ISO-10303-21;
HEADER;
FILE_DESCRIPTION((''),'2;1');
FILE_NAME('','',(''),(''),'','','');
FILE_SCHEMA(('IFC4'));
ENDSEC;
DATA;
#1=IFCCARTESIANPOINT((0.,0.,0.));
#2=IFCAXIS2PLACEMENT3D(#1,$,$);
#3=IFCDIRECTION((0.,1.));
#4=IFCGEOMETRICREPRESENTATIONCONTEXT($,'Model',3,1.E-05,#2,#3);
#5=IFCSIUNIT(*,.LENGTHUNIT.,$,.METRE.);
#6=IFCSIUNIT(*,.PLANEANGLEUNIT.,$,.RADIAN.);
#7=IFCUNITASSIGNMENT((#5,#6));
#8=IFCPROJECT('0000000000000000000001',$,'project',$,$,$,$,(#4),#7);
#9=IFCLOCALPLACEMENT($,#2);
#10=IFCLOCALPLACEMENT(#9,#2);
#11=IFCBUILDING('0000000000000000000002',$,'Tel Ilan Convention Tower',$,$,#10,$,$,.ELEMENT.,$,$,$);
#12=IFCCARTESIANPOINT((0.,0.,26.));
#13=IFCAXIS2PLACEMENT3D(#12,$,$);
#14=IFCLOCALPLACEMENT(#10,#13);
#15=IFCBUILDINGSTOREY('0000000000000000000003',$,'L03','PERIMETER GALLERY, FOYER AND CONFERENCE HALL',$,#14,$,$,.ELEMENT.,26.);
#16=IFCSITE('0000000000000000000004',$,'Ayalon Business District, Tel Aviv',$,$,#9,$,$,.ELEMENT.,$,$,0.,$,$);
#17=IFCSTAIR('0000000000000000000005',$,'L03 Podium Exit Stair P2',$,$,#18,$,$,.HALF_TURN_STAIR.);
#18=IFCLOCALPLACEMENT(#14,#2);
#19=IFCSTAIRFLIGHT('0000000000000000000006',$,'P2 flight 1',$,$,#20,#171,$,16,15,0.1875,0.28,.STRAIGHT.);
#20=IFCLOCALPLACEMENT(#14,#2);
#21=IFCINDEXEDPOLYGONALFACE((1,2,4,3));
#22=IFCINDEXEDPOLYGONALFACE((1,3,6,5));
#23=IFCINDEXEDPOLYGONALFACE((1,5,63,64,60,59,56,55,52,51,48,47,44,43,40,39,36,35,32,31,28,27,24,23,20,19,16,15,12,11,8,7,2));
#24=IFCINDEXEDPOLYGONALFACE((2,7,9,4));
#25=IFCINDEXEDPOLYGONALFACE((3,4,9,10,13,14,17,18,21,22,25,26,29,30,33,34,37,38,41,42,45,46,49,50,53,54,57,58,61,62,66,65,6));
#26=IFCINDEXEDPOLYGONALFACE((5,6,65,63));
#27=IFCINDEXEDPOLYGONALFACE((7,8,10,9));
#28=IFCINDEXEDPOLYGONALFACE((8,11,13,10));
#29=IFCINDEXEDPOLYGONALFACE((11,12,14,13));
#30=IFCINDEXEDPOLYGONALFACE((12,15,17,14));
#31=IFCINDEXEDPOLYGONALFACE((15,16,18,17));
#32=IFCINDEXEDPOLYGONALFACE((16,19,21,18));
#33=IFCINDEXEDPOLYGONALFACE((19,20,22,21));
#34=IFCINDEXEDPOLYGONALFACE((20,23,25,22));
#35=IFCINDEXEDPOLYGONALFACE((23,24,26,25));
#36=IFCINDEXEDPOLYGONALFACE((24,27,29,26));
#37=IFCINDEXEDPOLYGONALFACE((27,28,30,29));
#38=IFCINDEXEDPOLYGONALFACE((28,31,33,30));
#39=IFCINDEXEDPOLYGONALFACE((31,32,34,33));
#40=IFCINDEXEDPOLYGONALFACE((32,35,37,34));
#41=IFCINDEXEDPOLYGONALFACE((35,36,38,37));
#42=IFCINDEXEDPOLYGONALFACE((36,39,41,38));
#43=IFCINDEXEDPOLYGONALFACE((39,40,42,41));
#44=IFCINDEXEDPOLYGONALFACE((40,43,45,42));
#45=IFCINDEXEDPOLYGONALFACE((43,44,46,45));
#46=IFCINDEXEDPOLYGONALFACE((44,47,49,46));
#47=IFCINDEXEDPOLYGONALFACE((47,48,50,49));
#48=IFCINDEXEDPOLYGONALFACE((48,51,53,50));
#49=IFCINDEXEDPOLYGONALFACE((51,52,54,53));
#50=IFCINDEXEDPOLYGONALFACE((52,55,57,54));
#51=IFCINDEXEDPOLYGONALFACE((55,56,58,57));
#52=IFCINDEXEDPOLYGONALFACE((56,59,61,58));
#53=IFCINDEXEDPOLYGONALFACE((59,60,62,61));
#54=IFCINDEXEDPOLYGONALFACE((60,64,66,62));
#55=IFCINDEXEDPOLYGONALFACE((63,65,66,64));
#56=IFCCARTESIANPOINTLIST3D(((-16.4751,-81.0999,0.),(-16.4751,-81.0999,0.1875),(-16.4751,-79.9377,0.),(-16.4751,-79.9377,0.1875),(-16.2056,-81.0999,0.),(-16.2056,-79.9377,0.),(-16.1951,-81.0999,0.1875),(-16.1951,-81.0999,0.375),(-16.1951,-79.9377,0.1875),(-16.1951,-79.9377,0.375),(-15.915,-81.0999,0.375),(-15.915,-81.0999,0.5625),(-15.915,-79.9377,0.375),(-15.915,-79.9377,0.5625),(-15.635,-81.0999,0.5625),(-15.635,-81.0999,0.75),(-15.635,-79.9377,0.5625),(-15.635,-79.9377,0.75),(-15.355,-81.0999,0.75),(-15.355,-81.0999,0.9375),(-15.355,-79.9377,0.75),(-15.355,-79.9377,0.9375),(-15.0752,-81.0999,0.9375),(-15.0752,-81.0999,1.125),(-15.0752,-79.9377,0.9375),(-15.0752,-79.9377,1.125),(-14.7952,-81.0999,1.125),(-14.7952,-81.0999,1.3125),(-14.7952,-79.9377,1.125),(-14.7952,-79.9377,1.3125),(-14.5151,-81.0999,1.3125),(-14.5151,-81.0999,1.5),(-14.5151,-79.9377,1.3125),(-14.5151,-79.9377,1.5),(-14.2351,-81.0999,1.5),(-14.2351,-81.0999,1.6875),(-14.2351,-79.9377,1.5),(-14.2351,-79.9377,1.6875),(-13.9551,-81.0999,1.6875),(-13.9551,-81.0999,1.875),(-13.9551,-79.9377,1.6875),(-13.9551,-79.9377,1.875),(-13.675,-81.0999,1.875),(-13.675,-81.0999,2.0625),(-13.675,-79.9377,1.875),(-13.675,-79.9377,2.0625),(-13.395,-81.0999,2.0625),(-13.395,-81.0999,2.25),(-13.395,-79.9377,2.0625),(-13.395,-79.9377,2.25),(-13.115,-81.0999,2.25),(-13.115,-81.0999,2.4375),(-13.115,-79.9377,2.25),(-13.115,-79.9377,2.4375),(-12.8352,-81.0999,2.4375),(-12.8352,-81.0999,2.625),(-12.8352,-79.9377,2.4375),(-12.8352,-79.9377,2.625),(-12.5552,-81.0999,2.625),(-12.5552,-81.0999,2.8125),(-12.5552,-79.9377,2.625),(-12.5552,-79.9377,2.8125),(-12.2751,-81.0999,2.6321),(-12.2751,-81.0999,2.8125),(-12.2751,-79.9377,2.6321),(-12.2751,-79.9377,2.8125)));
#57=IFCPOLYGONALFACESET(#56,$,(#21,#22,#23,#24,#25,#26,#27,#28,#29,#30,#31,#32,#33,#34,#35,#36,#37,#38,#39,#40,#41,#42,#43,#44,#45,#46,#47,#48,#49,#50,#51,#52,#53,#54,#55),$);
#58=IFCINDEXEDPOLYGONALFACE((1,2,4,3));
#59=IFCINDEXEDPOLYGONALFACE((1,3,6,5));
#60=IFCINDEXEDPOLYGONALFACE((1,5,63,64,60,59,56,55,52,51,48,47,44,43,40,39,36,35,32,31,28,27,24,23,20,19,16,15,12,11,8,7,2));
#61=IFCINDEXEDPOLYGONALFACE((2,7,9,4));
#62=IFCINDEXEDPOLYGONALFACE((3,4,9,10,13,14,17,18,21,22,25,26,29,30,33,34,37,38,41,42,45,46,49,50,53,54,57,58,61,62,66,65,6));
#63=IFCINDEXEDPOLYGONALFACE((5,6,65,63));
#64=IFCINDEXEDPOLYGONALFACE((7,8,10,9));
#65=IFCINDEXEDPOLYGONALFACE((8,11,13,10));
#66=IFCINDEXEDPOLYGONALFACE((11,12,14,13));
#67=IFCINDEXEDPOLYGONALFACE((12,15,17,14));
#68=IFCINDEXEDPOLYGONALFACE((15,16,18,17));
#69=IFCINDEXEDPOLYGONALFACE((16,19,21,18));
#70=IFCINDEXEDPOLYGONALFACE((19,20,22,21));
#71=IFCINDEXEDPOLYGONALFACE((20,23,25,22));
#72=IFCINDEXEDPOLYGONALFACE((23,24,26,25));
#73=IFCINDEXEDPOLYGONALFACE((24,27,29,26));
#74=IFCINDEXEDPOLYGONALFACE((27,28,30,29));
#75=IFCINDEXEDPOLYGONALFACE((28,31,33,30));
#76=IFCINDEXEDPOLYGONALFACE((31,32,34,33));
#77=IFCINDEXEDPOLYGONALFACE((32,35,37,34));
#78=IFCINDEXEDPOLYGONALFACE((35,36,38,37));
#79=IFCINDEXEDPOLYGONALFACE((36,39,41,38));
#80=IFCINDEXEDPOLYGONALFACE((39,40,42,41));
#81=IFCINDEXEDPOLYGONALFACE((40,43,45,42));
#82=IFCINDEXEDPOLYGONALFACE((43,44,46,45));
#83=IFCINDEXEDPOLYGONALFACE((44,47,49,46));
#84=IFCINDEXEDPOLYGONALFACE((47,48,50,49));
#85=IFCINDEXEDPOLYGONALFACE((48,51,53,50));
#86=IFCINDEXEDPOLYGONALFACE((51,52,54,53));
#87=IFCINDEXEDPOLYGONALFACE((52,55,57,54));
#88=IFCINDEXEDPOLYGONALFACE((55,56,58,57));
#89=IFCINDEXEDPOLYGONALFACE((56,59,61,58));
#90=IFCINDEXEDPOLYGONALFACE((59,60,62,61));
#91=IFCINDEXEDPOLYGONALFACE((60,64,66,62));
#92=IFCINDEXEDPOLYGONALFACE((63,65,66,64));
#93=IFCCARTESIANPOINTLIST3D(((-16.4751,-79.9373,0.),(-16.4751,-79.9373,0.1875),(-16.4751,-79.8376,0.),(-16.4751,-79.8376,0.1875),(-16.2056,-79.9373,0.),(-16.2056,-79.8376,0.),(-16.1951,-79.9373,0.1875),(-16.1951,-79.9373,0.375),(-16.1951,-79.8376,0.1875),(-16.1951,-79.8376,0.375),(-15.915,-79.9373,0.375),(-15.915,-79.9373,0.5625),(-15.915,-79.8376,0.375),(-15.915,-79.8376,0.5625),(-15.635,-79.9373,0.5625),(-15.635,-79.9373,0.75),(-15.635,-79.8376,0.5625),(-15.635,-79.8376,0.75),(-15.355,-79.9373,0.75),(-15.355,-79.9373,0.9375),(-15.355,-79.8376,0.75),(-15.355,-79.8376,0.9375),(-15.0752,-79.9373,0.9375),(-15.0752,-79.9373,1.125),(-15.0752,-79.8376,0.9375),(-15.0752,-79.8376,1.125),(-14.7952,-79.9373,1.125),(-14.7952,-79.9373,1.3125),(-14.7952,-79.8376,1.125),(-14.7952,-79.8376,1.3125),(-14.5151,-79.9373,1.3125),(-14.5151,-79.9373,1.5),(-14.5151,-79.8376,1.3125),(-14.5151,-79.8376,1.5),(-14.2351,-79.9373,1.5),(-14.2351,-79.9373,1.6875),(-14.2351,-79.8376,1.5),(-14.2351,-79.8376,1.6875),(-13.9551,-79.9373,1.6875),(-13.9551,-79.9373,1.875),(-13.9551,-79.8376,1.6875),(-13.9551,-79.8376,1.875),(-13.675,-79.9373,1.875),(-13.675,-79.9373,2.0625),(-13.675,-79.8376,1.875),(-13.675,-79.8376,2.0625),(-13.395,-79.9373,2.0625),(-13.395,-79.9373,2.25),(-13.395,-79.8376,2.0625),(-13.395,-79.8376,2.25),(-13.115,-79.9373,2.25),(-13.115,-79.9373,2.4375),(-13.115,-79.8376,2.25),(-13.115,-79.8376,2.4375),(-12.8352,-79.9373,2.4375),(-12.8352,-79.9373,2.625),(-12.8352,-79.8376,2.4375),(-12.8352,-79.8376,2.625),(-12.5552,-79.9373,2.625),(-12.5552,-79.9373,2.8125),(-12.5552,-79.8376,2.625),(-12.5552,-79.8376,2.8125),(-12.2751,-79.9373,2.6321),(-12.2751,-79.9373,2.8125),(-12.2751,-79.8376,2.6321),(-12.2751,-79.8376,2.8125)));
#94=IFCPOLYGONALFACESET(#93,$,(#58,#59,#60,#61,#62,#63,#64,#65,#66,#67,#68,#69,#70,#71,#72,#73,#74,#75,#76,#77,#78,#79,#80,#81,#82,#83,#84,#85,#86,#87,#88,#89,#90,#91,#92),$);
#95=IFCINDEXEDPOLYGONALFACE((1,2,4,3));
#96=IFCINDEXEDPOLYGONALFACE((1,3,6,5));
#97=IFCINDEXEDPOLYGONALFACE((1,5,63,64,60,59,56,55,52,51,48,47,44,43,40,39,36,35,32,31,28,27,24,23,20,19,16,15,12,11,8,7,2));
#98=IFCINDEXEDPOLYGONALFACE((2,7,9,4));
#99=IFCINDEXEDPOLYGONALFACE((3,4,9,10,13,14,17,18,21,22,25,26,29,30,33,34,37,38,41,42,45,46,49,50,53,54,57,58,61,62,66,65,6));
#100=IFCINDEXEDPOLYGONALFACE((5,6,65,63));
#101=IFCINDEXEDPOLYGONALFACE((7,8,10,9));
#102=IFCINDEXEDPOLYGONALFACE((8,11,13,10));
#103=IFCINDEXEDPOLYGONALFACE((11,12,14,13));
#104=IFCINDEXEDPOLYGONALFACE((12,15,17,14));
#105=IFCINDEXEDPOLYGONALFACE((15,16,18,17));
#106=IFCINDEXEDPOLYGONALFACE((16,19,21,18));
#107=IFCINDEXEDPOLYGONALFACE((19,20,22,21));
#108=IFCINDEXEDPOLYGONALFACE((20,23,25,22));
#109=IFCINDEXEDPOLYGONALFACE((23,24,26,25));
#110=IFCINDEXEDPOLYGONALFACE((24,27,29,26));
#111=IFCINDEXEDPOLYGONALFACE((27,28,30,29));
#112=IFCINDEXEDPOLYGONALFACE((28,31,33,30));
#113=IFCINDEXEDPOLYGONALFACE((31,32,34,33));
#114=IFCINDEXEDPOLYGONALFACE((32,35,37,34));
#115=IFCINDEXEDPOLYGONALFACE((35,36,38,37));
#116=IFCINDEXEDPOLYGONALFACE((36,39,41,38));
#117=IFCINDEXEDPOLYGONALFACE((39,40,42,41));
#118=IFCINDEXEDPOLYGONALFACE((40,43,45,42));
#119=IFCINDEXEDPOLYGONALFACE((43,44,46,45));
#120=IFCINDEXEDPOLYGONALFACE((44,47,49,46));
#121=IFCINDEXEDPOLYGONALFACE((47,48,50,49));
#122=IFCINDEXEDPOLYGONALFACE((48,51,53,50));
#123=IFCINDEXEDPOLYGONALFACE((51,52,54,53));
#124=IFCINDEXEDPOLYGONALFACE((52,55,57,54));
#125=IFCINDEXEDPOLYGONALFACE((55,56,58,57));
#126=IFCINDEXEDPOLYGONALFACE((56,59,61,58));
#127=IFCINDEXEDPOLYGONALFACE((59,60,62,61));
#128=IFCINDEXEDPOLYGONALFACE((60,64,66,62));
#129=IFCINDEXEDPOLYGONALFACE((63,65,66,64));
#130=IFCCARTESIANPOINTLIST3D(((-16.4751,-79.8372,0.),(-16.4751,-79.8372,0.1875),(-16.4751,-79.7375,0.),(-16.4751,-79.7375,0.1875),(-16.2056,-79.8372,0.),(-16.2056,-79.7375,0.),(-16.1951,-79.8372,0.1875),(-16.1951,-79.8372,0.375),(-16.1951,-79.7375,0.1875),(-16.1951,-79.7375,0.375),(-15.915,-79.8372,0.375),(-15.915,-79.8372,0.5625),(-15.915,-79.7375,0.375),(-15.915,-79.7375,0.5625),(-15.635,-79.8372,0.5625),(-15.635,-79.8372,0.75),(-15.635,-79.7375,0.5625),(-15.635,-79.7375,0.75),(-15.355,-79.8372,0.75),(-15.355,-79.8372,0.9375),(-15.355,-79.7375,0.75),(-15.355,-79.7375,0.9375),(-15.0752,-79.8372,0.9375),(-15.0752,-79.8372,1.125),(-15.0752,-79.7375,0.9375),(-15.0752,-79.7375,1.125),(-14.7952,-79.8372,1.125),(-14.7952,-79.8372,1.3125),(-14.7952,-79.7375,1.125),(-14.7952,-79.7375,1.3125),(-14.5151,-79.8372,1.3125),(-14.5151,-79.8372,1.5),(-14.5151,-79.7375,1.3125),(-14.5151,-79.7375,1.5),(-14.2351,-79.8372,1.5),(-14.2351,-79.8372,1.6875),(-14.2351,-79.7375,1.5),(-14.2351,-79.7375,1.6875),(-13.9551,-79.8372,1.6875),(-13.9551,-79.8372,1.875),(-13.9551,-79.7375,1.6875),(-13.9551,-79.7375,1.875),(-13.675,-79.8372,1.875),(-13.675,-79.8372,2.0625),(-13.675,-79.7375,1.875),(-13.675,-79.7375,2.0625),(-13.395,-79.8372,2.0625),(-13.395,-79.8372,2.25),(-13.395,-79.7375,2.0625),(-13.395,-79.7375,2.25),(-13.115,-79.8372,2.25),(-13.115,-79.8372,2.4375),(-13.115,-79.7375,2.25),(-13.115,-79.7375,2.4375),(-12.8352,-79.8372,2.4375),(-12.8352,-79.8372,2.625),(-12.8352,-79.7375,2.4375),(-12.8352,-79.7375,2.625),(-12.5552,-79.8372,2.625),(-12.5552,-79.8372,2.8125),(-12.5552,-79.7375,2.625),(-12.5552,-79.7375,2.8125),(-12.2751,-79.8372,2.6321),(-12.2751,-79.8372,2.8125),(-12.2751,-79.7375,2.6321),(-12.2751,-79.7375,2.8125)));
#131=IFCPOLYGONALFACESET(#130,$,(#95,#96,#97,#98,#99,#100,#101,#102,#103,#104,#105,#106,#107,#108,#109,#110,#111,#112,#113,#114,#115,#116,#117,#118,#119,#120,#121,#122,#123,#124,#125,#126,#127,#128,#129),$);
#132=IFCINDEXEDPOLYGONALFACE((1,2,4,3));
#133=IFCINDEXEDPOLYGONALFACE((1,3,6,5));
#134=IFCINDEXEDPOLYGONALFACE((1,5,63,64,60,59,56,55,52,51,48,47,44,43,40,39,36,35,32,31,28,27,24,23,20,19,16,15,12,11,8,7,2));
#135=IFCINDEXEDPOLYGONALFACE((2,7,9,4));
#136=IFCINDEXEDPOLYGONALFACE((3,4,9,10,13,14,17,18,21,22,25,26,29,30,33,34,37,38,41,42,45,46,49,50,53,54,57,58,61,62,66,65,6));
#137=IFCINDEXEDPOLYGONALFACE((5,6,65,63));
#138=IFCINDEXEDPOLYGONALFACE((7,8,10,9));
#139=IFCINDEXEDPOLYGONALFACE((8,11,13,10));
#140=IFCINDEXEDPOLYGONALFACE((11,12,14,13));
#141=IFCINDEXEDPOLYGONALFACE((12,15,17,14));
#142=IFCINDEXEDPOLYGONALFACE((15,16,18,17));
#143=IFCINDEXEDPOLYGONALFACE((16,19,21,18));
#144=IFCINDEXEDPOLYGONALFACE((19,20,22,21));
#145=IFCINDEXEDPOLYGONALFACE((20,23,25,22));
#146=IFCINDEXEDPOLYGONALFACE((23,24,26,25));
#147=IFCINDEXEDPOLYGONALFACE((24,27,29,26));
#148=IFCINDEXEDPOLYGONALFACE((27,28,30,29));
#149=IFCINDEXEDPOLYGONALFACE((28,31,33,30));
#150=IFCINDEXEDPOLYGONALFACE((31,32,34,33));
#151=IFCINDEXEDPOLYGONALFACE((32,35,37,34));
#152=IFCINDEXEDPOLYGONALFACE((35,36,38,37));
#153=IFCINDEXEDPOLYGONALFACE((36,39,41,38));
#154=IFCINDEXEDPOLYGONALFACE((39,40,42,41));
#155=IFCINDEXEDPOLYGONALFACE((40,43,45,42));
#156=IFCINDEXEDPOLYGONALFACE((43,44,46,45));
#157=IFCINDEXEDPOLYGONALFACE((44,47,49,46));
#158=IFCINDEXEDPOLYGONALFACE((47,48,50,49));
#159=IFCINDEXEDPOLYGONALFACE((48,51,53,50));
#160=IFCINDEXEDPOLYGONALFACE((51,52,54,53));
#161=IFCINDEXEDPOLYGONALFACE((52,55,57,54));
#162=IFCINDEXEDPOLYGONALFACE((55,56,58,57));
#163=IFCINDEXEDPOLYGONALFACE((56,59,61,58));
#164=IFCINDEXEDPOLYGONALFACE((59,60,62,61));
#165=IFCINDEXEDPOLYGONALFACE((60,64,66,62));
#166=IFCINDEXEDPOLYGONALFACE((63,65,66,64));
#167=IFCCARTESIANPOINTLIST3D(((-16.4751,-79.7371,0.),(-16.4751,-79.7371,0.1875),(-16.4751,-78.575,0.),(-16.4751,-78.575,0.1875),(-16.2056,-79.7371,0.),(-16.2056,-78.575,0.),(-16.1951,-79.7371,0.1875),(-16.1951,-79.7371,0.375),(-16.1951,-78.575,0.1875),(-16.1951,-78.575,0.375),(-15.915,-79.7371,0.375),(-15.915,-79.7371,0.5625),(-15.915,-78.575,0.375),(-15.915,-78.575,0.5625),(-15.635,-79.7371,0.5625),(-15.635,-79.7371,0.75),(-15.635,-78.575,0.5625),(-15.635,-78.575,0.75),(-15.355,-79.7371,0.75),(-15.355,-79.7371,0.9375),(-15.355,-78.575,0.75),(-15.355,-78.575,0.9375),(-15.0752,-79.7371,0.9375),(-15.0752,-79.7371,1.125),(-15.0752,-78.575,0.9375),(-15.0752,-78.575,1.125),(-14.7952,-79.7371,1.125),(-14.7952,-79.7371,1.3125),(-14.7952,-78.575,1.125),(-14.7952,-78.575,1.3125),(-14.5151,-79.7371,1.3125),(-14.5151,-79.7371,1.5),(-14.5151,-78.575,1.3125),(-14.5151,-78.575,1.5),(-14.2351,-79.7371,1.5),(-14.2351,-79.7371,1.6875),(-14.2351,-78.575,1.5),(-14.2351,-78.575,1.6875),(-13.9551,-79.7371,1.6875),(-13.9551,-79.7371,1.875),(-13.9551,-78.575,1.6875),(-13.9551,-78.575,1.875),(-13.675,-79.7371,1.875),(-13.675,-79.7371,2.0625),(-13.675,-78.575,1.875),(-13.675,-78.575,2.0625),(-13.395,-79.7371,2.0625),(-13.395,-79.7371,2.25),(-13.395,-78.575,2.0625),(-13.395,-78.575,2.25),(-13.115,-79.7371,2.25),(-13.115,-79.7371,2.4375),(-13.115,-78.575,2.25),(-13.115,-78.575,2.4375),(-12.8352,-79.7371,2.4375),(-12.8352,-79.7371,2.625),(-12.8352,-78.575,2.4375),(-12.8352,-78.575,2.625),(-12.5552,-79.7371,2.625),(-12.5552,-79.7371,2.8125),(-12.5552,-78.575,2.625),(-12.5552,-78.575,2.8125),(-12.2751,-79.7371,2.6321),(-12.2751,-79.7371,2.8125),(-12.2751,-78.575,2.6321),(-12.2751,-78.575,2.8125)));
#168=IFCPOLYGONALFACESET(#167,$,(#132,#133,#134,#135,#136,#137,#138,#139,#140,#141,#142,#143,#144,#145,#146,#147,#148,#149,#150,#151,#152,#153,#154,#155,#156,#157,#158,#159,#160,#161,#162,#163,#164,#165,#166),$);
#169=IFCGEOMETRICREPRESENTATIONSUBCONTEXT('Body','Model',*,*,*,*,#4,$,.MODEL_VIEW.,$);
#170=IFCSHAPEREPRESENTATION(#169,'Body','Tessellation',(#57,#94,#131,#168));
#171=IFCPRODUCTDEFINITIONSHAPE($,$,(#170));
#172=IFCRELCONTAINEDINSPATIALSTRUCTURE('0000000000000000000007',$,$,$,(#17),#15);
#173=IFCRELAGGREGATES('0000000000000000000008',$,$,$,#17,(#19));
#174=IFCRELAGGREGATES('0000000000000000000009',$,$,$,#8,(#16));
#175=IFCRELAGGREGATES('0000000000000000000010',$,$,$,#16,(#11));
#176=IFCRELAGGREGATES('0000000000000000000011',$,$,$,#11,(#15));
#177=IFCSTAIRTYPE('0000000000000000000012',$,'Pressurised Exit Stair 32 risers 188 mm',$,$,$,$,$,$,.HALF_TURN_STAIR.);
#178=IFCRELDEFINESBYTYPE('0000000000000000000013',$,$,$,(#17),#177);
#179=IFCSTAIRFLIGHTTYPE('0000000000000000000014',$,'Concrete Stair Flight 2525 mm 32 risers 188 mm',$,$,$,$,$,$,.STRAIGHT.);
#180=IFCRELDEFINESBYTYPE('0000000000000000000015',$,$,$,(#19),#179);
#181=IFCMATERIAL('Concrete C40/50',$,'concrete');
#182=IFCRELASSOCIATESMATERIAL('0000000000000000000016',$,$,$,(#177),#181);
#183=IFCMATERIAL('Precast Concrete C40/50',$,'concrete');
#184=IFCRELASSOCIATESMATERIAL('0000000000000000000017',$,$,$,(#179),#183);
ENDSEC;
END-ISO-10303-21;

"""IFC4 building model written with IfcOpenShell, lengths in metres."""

from ifc_helpers import new_model, si_unit, direction, frame, origin, place, context, subcontext, project, spatial, polyline, outline, extrude, material, type_object, element, aggregate, save


model = new_model("IFC4")

# Units and contexts
model_context = context("Model", 3, precision=1e-05, world=origin(), true_north=direction((0.0, 1.0)))
body_context = subcontext(model_context, "Body", "Model", "MODEL_VIEW")
ifc_project = project(units=[si_unit("LENGTHUNIT", "METRE"), si_unit("PLANEANGLEUNIT", "RADIAN")], contexts=[model_context])

# Site, building, storey
site_placement = place(None, origin())
site = spatial("IfcSite", under=ifc_project, at=site_placement, Name="Ayalon Business District, Tel Aviv", CompositionType="ELEMENT", RefElevation=0.0)
building_placement = place(site_placement, origin())
building = spatial("IfcBuilding", under=site, at=building_placement, Name="Tel Ilan Convention Tower", CompositionType="ELEMENT")
storey_placement = place(building_placement, frame((0.0, 0.0, 26.0)))
storey = spatial("IfcBuildingStorey", under=building, at=storey_placement, Name="L03", Description="PERIMETER GALLERY, FOYER AND CONFERENCE HALL", CompositionType="ELEMENT", Elevation=26.0)

# Stair, stair flight
ifc_material_1 = material(Name="Concrete C40/50", Category="concrete")
stair_type = type_object("IfcStairType", Name="Pressurised Exit Stair 32 risers 188 mm", PredefinedType="HALF_TURN_STAIR", material=ifc_material_1)
stair_placement = place(storey_placement, origin())
stair = element("IfcStair", 1, at=stair_placement, inside=storey, type_object=stair_type, Name="L03 Podium Exit Stair P2", PredefinedType="HALF_TURN_STAIR")
ifc_material_2 = material(Name="Precast Concrete C40/50", Category="concrete")
stair_flight_type = type_object("IfcStairFlightType", Name="Concrete Stair Flight 2525 mm 32 risers 188 mm", PredefinedType="STRAIGHT", material=ifc_material_2)
stair_flight_1_placement = place(storey_placement, frame((-16.4751, -79.8374, 0.0), z_axis=(0.0, 0.0, 1.0), x_axis=(1.0, 0.0, 0.0)))
stair_flight_1 = element("IfcStairFlight", 2, at=stair_flight_1_placement, type_object=stair_flight_type, Name="P2 flight 1", NumberOfRisers=16, NumberOfTreads=15, PredefinedType="STRAIGHT", RiserHeight=0.1875, TreadLength=0.28, context=body_context, shape_type="SweptSolid", body=[
    extrude(outline(polyline([(0.0, 0.0), (0.0, 0.1875), (0.28, 0.1875), (0.28, 0.375), (0.5601, 0.375), (0.5601, 0.5625), (0.8401, 0.5625), (0.8401, 0.75), (1.1201, 0.75), (1.1201, 0.9375), (1.3999, 0.9375), (1.3999, 1.125), (1.6799, 1.125), (1.6799, 1.3125), (1.96, 1.3125), (1.96, 1.5), (2.24, 1.5), (2.24, 1.6875), (2.52, 1.6875), (2.52, 1.875), (2.8, 1.875), (2.8, 2.0625), (3.0801, 2.0625), (3.0801, 2.25), (3.3601, 2.25), (3.3601, 2.4375), (3.6399, 2.4375), (3.6399, 2.625), (3.9199, 2.625), (3.9199, 2.8125), (4.2, 2.8125), (4.2, 3.0), (4.2, 2.6321), (0.2695, 0.0), (0.0, 0.0)])), frame((0.0, -0.1003, 0.0), z_axis=(0.0, -1.0, 0.0), x_axis=(1.0, 0.0, 0.0)), (0.0, 0.0, 1.0), 1.1621),
    extrude(outline(polyline([(0.0, 0.0), (0.0, 0.1875), (0.28, 0.1875), (0.28, 0.375), (0.5601, 0.375), (0.5601, 0.5625), (0.8401, 0.5625), (0.8401, 0.75), (1.1201, 0.75), (1.1201, 0.9375), (1.3999, 0.9375), (1.3999, 1.125), (1.6799, 1.125), (1.6799, 1.3125), (1.96, 1.3125), (1.96, 1.5), (2.24, 1.5), (2.24, 1.6875), (2.52, 1.6875), (2.52, 1.875), (2.8, 1.875), (2.8, 2.0625), (3.0801, 2.0625), (3.0801, 2.25), (3.3601, 2.25), (3.3601, 2.4375), (3.6399, 2.4375), (3.6399, 2.625), (3.9199, 2.625), (3.9199, 2.8125), (4.2, 2.8125), (4.2, 3.0), (4.2, 2.6321), (0.2695, 0.0), (0.0, 0.0)])), frame((0.0, -0.0002, 0.0), z_axis=(0.0, -1.0, 0.0), x_axis=(1.0, 0.0, 0.0)), (0.0, 0.0, 1.0), 0.0996),
    extrude(outline(polyline([(0.0, 0.0), (0.0, 0.1875), (0.28, 0.1875), (0.28, 0.375), (0.5601, 0.375), (0.5601, 0.5625), (0.8401, 0.5625), (0.8401, 0.75), (1.1201, 0.75), (1.1201, 0.9375), (1.3999, 0.9375), (1.3999, 1.125), (1.6799, 1.125), (1.6799, 1.3125), (1.96, 1.3125), (1.96, 1.5), (2.24, 1.5), (2.24, 1.6875), (2.52, 1.6875), (2.52, 1.875), (2.8, 1.875), (2.8, 2.0625), (3.0801, 2.0625), (3.0801, 2.25), (3.3601, 2.25), (3.3601, 2.4375), (3.6399, 2.4375), (3.6399, 2.625), (3.9199, 2.625), (3.9199, 2.8125), (4.2, 2.8125), (4.2, 3.0), (4.2, 2.6321), (0.2695, 0.0), (0.0, 0.0)])), frame((0.0, 0.0999, 0.0), z_axis=(0.0, -1.0, 0.0), x_axis=(1.0, 0.0, 0.0)), (0.0, 0.0, 1.0), 0.0996),
    extrude(outline(polyline([(0.0, 0.0), (0.0, 0.1875), (0.28, 0.1875), (0.28, 0.375), (0.5601, 0.375), (0.5601, 0.5625), (0.8401, 0.5625), (0.8401, 0.75), (1.1201, 0.75), (1.1201, 0.9375), (1.3999, 0.9375), (1.3999, 1.125), (1.6799, 1.125), (1.6799, 1.3125), (1.96, 1.3125), (1.96, 1.5), (2.24, 1.5), (2.24, 1.6875), (2.52, 1.6875), (2.52, 1.875), (2.8, 1.875), (2.8, 2.0625), (3.0801, 2.0625), (3.0801, 2.25), (3.3601, 2.25), (3.3601, 2.4375), (3.6399, 2.4375), (3.6399, 2.625), (3.9199, 2.625), (3.9199, 2.8125), (4.2, 2.8125), (4.2, 3.0), (4.2, 2.6321), (0.2695, 0.0), (0.0, 0.0)])), frame((0.0, 1.2625, 0.0), z_axis=(0.0, -1.0, 0.0), x_axis=(1.0, 0.0, 0.0)), (0.0, 0.0, 1.0), 1.1621),
])
aggregate(stair, [stair_flight_1])

save(model, "model.ifc")
